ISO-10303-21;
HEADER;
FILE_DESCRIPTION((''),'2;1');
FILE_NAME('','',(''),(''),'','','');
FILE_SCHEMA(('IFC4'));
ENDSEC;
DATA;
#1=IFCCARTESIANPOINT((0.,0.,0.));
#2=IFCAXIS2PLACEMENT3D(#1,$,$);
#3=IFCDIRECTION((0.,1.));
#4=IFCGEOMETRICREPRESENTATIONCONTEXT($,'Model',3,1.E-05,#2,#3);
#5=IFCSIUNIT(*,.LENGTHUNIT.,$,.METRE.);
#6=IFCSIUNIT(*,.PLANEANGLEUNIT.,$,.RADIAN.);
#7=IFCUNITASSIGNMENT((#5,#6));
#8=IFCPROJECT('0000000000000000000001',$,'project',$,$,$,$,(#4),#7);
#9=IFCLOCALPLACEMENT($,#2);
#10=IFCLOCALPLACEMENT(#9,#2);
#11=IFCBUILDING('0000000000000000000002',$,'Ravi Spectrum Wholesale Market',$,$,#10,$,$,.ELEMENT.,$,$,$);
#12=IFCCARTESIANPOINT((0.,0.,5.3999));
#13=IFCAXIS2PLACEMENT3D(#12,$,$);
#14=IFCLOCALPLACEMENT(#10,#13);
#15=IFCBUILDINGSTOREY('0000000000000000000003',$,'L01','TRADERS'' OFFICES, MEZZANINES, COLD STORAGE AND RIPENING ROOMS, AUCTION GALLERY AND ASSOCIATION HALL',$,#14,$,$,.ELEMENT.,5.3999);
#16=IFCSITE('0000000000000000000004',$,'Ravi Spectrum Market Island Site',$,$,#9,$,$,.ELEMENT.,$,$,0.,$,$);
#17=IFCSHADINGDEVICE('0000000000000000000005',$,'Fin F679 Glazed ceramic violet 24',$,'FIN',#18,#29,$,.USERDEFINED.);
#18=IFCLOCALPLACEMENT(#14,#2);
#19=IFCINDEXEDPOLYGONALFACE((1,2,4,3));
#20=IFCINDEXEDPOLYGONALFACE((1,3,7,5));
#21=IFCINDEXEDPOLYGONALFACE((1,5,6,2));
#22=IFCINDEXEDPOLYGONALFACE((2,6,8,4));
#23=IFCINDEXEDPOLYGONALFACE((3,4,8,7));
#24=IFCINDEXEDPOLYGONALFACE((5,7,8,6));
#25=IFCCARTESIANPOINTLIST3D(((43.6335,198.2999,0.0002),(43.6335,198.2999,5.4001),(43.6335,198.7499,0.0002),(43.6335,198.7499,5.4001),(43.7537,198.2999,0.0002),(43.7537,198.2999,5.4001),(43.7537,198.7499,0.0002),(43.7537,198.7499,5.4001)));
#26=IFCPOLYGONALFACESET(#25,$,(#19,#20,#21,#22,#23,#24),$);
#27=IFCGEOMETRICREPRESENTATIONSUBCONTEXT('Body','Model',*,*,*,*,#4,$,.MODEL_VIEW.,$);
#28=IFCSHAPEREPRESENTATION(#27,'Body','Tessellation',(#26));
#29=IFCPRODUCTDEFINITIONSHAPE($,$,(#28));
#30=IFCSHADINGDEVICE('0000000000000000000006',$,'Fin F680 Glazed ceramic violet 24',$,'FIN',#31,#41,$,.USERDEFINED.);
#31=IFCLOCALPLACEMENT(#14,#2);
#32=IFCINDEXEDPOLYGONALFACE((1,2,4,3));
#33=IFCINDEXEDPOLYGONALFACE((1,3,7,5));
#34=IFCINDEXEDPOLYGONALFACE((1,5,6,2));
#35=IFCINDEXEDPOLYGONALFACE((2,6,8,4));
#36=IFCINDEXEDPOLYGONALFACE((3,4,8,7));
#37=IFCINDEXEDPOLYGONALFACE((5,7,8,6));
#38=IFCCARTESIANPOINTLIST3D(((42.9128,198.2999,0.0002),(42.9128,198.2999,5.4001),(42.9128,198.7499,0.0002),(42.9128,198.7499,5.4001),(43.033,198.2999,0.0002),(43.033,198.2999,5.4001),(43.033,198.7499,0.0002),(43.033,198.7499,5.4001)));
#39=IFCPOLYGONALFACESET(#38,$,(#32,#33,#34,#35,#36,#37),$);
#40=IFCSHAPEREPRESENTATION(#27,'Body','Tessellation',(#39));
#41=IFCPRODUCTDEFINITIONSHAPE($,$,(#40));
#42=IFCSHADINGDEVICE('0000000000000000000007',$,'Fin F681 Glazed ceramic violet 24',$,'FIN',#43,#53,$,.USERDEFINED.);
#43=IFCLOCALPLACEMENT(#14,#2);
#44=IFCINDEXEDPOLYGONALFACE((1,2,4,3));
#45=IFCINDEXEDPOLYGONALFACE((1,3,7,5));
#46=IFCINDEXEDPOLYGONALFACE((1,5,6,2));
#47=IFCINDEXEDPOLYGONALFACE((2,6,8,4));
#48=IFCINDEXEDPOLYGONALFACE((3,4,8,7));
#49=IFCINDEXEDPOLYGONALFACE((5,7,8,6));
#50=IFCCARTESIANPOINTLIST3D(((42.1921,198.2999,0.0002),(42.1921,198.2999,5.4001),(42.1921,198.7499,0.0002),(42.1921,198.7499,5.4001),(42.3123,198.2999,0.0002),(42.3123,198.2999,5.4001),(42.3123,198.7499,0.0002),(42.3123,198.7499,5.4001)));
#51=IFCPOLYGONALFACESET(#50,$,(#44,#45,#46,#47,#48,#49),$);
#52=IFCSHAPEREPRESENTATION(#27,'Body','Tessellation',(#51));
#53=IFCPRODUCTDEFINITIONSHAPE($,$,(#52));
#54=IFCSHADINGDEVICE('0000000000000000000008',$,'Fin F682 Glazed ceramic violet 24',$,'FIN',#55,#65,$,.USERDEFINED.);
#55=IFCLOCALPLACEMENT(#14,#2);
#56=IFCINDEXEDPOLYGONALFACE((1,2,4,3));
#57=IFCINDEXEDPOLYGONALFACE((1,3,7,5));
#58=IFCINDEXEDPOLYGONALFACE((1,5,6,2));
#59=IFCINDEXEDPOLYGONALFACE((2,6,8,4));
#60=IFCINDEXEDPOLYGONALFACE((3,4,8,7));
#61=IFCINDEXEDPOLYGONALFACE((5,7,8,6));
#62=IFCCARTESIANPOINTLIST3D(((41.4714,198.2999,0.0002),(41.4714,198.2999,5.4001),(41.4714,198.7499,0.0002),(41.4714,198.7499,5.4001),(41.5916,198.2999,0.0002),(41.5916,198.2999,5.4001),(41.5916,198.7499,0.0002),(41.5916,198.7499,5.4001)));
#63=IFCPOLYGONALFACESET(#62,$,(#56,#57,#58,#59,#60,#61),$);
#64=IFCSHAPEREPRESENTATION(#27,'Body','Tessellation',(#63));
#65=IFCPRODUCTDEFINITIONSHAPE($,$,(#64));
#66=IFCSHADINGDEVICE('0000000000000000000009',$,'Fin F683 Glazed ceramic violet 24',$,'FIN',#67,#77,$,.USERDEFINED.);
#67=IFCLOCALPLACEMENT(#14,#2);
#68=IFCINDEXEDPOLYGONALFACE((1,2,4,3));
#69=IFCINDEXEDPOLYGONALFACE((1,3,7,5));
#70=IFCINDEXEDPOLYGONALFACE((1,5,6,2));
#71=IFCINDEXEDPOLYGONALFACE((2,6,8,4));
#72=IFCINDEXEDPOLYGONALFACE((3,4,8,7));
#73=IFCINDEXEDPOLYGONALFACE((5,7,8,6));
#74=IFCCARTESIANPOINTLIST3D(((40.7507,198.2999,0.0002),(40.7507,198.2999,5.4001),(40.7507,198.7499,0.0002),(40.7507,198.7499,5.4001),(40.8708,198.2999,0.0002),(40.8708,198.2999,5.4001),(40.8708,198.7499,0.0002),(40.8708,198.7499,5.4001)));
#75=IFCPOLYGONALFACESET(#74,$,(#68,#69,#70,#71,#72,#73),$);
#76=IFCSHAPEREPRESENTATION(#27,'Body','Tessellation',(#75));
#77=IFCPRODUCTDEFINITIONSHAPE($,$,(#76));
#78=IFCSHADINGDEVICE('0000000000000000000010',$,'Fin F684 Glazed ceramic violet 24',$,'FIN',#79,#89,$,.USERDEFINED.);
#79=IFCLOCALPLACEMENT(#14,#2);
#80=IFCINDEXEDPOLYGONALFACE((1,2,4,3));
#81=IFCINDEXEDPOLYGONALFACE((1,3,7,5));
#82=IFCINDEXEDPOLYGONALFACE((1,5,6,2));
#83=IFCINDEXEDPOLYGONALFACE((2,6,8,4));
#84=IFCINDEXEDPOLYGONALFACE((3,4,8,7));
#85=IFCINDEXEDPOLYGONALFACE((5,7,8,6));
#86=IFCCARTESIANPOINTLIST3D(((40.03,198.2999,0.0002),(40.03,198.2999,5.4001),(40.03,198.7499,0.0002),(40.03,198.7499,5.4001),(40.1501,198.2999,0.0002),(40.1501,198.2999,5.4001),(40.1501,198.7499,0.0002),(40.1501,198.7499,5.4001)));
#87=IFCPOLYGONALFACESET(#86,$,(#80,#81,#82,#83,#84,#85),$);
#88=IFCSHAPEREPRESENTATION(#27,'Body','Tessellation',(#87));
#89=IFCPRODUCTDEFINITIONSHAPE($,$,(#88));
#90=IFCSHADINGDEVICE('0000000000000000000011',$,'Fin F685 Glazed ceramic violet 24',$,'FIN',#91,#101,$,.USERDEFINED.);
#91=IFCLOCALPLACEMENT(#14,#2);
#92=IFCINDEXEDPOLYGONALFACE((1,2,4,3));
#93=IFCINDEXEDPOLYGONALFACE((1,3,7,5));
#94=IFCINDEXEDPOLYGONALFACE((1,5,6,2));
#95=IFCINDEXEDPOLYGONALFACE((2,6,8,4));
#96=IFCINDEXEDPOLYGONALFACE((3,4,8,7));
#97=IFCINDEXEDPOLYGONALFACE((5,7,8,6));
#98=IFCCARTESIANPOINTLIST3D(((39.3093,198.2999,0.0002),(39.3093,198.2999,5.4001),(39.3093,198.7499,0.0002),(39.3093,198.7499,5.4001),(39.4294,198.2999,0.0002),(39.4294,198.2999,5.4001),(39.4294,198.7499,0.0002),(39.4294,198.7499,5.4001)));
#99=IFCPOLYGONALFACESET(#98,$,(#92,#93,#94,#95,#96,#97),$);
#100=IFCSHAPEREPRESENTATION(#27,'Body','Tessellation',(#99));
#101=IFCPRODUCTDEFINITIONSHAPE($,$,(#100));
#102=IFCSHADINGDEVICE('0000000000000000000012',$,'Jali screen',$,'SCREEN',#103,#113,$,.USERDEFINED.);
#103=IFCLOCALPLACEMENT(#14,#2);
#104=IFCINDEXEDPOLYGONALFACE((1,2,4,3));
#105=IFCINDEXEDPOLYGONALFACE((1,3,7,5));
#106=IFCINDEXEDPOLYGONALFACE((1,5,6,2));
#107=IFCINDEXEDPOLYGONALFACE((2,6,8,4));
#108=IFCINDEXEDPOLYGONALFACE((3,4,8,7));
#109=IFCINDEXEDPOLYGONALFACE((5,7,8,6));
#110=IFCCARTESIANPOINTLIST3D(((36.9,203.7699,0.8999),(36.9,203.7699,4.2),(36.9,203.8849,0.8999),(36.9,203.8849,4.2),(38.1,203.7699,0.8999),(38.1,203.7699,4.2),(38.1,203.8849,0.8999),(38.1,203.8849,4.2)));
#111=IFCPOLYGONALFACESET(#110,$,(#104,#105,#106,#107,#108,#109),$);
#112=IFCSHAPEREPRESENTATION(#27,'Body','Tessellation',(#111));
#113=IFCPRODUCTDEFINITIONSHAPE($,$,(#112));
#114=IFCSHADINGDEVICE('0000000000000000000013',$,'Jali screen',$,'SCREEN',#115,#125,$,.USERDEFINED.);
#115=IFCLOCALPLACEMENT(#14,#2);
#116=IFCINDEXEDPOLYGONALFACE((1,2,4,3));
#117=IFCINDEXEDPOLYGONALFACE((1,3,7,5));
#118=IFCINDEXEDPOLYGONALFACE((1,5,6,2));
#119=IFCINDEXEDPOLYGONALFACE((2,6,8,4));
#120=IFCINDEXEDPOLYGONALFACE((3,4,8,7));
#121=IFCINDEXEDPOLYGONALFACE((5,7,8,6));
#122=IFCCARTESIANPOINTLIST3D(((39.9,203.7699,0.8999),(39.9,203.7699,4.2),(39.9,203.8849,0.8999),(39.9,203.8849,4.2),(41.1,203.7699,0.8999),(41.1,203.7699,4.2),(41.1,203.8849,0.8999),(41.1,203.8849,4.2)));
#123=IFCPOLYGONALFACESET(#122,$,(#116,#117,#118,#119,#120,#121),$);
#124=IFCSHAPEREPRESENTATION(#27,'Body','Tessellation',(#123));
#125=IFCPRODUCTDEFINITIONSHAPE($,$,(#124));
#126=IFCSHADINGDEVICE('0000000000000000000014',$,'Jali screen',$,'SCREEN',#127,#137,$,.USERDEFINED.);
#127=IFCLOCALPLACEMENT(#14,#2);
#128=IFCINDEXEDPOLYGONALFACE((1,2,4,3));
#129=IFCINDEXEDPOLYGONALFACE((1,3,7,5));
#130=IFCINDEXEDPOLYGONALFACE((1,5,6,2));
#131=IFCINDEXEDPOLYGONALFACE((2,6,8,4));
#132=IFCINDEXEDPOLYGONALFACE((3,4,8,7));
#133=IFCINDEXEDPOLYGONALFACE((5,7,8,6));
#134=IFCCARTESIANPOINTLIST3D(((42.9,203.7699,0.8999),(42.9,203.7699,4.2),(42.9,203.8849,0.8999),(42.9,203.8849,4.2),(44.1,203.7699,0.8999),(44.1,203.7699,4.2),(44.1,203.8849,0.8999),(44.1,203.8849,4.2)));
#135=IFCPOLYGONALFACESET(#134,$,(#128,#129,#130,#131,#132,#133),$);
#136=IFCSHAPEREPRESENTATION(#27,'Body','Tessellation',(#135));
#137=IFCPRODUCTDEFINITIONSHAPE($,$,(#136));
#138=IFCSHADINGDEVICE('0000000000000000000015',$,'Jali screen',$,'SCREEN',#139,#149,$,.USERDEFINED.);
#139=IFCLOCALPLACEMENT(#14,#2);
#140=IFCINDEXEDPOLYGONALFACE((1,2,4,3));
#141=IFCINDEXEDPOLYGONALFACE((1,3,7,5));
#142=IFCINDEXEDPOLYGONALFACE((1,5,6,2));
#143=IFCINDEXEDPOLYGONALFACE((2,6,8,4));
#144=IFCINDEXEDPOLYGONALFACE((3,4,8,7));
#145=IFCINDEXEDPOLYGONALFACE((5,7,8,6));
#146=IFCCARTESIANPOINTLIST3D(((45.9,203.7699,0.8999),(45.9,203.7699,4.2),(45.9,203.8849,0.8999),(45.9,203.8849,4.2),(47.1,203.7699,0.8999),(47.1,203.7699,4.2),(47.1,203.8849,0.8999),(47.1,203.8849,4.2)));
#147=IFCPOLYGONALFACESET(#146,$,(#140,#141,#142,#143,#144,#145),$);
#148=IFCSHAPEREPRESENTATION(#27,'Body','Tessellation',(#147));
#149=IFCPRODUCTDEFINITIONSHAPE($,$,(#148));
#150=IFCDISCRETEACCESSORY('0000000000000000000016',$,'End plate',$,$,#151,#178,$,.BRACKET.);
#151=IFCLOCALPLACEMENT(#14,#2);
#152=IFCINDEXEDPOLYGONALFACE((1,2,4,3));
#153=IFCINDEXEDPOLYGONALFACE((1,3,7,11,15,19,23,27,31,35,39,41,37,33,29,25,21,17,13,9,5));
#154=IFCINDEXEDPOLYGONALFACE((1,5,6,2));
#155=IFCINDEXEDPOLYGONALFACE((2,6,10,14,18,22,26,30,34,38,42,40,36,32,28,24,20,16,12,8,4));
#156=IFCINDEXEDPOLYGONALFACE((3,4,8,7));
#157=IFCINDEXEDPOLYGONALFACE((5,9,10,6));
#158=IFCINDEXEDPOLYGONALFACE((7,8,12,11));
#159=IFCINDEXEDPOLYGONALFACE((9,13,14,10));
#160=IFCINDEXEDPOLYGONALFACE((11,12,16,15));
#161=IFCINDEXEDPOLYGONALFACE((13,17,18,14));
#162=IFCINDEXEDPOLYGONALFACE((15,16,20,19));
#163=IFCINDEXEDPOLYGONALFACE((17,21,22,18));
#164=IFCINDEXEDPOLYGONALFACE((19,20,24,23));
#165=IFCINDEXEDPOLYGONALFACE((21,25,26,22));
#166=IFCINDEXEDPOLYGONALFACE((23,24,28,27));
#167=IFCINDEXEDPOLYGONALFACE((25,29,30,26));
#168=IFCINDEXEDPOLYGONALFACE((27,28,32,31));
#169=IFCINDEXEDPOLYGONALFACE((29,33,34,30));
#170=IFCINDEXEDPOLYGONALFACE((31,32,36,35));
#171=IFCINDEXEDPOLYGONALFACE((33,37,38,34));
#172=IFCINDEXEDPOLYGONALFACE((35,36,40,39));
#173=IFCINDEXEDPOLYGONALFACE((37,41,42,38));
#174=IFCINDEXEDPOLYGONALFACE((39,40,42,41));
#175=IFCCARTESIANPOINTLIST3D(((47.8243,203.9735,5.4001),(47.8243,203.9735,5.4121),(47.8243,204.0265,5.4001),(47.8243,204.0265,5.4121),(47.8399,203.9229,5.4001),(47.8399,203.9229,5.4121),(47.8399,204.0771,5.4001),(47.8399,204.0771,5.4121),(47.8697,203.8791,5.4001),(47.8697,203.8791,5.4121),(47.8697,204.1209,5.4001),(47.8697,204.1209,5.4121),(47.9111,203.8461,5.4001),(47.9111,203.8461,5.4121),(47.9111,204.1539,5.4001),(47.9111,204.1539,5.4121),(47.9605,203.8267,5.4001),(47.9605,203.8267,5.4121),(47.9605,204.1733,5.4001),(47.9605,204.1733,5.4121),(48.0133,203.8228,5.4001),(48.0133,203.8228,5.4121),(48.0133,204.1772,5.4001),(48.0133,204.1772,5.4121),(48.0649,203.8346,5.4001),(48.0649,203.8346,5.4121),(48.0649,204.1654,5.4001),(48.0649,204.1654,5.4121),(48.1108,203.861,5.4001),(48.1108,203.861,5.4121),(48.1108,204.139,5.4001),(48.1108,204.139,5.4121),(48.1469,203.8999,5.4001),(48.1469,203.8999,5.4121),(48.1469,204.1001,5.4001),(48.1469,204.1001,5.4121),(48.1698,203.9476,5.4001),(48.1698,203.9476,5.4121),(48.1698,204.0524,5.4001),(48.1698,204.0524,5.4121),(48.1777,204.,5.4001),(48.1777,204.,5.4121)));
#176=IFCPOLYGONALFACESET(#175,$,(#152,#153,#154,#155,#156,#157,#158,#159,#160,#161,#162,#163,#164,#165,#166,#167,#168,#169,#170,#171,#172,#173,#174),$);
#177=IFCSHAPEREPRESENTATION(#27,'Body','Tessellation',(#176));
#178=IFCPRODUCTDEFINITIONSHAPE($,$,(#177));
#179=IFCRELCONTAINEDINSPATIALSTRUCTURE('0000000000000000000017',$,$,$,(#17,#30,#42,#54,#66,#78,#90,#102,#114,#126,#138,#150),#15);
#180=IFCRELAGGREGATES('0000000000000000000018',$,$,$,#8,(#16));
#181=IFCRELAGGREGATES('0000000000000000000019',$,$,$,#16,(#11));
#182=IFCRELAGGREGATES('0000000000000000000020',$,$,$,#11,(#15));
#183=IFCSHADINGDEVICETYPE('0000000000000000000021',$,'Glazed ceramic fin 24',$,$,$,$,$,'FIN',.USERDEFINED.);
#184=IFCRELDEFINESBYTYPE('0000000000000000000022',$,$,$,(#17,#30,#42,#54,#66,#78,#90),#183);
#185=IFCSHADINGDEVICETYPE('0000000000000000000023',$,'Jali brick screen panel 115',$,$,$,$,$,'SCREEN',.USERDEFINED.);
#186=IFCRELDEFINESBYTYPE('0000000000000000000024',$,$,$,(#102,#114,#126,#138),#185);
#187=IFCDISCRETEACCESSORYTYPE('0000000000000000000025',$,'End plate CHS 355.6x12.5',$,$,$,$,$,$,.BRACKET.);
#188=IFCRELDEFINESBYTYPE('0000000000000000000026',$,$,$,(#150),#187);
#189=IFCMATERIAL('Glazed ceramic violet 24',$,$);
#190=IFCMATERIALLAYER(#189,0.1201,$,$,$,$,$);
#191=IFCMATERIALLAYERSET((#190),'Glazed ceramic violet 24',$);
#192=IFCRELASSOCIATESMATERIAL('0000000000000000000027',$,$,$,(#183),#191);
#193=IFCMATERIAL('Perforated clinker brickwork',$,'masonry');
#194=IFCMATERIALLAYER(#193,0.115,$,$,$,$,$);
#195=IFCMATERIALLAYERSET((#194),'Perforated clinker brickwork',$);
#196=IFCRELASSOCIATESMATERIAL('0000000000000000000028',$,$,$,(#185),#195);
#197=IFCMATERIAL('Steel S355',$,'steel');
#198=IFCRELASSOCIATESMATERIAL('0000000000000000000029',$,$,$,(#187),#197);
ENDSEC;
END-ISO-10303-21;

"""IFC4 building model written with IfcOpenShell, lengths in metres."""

from ifc_helpers import new_model, si_unit, direction, frame, origin, origin_2d, place, context, subcontext, project, spatial, rectangle, circle, extrude, material, layer, layer_set, material_profile, profile_set, type_object, element, save


model = new_model("IFC4")

# Units and contexts
model_context = context("Model", 3, precision=1e-05, world=origin(), true_north=direction((0.0, 1.0)))
body_context = subcontext(model_context, "Body", "Model", "MODEL_VIEW")
ifc_project = project(units=[si_unit("LENGTHUNIT", "METRE"), si_unit("PLANEANGLEUNIT", "RADIAN")], contexts=[model_context])

# Site, building, storey
site_placement = place(None, origin())
site = spatial("IfcSite", under=ifc_project, at=site_placement, Name="Ravi Spectrum Market Island Site", CompositionType="ELEMENT", RefElevation=0.0)
building_placement = place(site_placement, origin())
building = spatial("IfcBuilding", under=site, at=building_placement, Name="Ravi Spectrum Wholesale Market", CompositionType="ELEMENT")
storey_placement = place(building_placement, frame((0.0, 0.0, 5.3999)))
storey = spatial("IfcBuildingStorey", under=building, at=storey_placement, Name="L01", Description="TRADERS' OFFICES, MEZZANINES, COLD STORAGE AND RIPENING ROOMS, AUCTION GALLERY AND ASSOCIATION HALL", CompositionType="ELEMENT", Elevation=5.3999)

# Shading devices
ifc_material_1 = material(Name="Glazed ceramic violet 24")
ifc_layer_1 = layer(ifc_material_1, 0.1201)
ifc_layer_set_1 = layer_set([ifc_layer_1], Name="Glazed ceramic violet 24")
shading_device_type_1 = type_object("IfcShadingDeviceType", Name="Glazed ceramic fin 24", ElementType="FIN", PredefinedType="USERDEFINED", material=ifc_layer_set_1)
for number, where, z_axis, x_axis, name in (
    (1, (43.6936, 198.5249, 0.0002), (0.0, 0.0, 1.0), (-1.0, 0.0, 0.0), "Fin F679 Glazed ceramic violet 24"),
    (2, (42.9729, 198.5249, 0.0002), (0.0, 0.0, 1.0), (-1.0, 0.0, 0.0), "Fin F680 Glazed ceramic violet 24"),
    (3, (42.2522, 198.5249, 0.0002), (0.0, 0.0, 1.0), (-1.0, 0.0, 0.0), "Fin F681 Glazed ceramic violet 24"),
    (4, (41.5315, 198.5249, 0.0002), (0.0, 0.0, 1.0), (-1.0, 0.0, 0.0), "Fin F682 Glazed ceramic violet 24"),
    (5, (40.8108, 198.5249, 0.0002), (0.0, 0.0, 1.0), (-1.0, 0.0, 0.0), "Fin F683 Glazed ceramic violet 24"),
    (6, (40.0901, 198.5249, 0.0002), (0.0, 0.0, 1.0), (-1.0, 0.0, 0.0), "Fin F684 Glazed ceramic violet 24"),
    (7, (39.3694, 198.5249, 0.0002), (0.0, 0.0, 1.0), (-1.0, 0.0, 0.0), "Fin F685 Glazed ceramic violet 24"),
):
    element("IfcShadingDevice", number, at=place(storey_placement, frame(where, z_axis=z_axis, x_axis=x_axis)), inside=storey, type_object=shading_device_type_1, Name=name, ObjectType="FIN", PredefinedType="USERDEFINED", context=body_context, shape_type="SweptSolid", body=[
        extrude(rectangle(XDim=0.1201, YDim=0.45, at=origin_2d()), origin(), (0.0, 0.0, 1.0), 5.3999),
    ])
ifc_material_2 = material(Name="Perforated clinker brickwork", Category="masonry")
ifc_layer_2 = layer(ifc_material_2, 0.115)
ifc_layer_set_2 = layer_set([ifc_layer_2], Name="Perforated clinker brickwork")
shading_device_type_2 = type_object("IfcShadingDeviceType", Name="Jali brick screen panel 115", ElementType="SCREEN", PredefinedType="USERDEFINED", material=ifc_layer_set_2)
for number, where, z_axis, x_axis, name in (
    (8, (37.5, 203.8274, 0.8999), (0.0, 0.0, 1.0), (1.0, 0.0, 0.0), "Jali screen"),
    (9, (40.5, 203.8274, 0.8999), (0.0, 0.0, 1.0), (1.0, 0.0, 0.0), "Jali screen"),
    (10, (43.5, 203.8274, 0.8999), (0.0, 0.0, 1.0), (1.0, 0.0, 0.0), "Jali screen"),
    (11, (46.5, 203.8274, 0.8999), (0.0, 0.0, 1.0), (1.0, 0.0, 0.0), "Jali screen"),
):
    element("IfcShadingDevice", number, at=place(storey_placement, frame(where, z_axis=z_axis, x_axis=x_axis)), inside=storey, type_object=shading_device_type_2, Name=name, ObjectType="SCREEN", PredefinedType="USERDEFINED", context=body_context, shape_type="SweptSolid", body=[
        extrude(rectangle(XDim=1.2, YDim=0.115, at=origin_2d()), origin(), (0.0, 0.0, 1.0), 3.3),
    ])

# Discrete accessory
ifc_material_3 = material(Name="Steel S355", Category="steel")
ifc_material_profile_1 = material_profile(ifc_material_3, circle(Radius=0.1777, at=origin_2d()))
ifc_profile_set_1 = profile_set([ifc_material_profile_1], Name="Steel S355")
discrete_accessory_type = type_object("IfcDiscreteAccessoryType", Name="End plate CHS 355.6x12.5", PredefinedType="BRACKET", material=ifc_profile_set_1)
discrete_accessory_placement = place(storey_placement, frame((48.0, 204.0, 5.4001), z_axis=(0.0, 0.0, 1.0), x_axis=(1.0, 0.0, 0.0)))
element("IfcDiscreteAccessory", 12, at=discrete_accessory_placement, inside=storey, type_object=discrete_accessory_type, Name="End plate", PredefinedType="BRACKET", context=body_context, shape_type="SweptSolid", body=[
    extrude(circle(Radius=0.1777, at=origin_2d()), origin(), (0.0, 0.0, 1.0), 0.012),
])

save(model, "model.ifc")
